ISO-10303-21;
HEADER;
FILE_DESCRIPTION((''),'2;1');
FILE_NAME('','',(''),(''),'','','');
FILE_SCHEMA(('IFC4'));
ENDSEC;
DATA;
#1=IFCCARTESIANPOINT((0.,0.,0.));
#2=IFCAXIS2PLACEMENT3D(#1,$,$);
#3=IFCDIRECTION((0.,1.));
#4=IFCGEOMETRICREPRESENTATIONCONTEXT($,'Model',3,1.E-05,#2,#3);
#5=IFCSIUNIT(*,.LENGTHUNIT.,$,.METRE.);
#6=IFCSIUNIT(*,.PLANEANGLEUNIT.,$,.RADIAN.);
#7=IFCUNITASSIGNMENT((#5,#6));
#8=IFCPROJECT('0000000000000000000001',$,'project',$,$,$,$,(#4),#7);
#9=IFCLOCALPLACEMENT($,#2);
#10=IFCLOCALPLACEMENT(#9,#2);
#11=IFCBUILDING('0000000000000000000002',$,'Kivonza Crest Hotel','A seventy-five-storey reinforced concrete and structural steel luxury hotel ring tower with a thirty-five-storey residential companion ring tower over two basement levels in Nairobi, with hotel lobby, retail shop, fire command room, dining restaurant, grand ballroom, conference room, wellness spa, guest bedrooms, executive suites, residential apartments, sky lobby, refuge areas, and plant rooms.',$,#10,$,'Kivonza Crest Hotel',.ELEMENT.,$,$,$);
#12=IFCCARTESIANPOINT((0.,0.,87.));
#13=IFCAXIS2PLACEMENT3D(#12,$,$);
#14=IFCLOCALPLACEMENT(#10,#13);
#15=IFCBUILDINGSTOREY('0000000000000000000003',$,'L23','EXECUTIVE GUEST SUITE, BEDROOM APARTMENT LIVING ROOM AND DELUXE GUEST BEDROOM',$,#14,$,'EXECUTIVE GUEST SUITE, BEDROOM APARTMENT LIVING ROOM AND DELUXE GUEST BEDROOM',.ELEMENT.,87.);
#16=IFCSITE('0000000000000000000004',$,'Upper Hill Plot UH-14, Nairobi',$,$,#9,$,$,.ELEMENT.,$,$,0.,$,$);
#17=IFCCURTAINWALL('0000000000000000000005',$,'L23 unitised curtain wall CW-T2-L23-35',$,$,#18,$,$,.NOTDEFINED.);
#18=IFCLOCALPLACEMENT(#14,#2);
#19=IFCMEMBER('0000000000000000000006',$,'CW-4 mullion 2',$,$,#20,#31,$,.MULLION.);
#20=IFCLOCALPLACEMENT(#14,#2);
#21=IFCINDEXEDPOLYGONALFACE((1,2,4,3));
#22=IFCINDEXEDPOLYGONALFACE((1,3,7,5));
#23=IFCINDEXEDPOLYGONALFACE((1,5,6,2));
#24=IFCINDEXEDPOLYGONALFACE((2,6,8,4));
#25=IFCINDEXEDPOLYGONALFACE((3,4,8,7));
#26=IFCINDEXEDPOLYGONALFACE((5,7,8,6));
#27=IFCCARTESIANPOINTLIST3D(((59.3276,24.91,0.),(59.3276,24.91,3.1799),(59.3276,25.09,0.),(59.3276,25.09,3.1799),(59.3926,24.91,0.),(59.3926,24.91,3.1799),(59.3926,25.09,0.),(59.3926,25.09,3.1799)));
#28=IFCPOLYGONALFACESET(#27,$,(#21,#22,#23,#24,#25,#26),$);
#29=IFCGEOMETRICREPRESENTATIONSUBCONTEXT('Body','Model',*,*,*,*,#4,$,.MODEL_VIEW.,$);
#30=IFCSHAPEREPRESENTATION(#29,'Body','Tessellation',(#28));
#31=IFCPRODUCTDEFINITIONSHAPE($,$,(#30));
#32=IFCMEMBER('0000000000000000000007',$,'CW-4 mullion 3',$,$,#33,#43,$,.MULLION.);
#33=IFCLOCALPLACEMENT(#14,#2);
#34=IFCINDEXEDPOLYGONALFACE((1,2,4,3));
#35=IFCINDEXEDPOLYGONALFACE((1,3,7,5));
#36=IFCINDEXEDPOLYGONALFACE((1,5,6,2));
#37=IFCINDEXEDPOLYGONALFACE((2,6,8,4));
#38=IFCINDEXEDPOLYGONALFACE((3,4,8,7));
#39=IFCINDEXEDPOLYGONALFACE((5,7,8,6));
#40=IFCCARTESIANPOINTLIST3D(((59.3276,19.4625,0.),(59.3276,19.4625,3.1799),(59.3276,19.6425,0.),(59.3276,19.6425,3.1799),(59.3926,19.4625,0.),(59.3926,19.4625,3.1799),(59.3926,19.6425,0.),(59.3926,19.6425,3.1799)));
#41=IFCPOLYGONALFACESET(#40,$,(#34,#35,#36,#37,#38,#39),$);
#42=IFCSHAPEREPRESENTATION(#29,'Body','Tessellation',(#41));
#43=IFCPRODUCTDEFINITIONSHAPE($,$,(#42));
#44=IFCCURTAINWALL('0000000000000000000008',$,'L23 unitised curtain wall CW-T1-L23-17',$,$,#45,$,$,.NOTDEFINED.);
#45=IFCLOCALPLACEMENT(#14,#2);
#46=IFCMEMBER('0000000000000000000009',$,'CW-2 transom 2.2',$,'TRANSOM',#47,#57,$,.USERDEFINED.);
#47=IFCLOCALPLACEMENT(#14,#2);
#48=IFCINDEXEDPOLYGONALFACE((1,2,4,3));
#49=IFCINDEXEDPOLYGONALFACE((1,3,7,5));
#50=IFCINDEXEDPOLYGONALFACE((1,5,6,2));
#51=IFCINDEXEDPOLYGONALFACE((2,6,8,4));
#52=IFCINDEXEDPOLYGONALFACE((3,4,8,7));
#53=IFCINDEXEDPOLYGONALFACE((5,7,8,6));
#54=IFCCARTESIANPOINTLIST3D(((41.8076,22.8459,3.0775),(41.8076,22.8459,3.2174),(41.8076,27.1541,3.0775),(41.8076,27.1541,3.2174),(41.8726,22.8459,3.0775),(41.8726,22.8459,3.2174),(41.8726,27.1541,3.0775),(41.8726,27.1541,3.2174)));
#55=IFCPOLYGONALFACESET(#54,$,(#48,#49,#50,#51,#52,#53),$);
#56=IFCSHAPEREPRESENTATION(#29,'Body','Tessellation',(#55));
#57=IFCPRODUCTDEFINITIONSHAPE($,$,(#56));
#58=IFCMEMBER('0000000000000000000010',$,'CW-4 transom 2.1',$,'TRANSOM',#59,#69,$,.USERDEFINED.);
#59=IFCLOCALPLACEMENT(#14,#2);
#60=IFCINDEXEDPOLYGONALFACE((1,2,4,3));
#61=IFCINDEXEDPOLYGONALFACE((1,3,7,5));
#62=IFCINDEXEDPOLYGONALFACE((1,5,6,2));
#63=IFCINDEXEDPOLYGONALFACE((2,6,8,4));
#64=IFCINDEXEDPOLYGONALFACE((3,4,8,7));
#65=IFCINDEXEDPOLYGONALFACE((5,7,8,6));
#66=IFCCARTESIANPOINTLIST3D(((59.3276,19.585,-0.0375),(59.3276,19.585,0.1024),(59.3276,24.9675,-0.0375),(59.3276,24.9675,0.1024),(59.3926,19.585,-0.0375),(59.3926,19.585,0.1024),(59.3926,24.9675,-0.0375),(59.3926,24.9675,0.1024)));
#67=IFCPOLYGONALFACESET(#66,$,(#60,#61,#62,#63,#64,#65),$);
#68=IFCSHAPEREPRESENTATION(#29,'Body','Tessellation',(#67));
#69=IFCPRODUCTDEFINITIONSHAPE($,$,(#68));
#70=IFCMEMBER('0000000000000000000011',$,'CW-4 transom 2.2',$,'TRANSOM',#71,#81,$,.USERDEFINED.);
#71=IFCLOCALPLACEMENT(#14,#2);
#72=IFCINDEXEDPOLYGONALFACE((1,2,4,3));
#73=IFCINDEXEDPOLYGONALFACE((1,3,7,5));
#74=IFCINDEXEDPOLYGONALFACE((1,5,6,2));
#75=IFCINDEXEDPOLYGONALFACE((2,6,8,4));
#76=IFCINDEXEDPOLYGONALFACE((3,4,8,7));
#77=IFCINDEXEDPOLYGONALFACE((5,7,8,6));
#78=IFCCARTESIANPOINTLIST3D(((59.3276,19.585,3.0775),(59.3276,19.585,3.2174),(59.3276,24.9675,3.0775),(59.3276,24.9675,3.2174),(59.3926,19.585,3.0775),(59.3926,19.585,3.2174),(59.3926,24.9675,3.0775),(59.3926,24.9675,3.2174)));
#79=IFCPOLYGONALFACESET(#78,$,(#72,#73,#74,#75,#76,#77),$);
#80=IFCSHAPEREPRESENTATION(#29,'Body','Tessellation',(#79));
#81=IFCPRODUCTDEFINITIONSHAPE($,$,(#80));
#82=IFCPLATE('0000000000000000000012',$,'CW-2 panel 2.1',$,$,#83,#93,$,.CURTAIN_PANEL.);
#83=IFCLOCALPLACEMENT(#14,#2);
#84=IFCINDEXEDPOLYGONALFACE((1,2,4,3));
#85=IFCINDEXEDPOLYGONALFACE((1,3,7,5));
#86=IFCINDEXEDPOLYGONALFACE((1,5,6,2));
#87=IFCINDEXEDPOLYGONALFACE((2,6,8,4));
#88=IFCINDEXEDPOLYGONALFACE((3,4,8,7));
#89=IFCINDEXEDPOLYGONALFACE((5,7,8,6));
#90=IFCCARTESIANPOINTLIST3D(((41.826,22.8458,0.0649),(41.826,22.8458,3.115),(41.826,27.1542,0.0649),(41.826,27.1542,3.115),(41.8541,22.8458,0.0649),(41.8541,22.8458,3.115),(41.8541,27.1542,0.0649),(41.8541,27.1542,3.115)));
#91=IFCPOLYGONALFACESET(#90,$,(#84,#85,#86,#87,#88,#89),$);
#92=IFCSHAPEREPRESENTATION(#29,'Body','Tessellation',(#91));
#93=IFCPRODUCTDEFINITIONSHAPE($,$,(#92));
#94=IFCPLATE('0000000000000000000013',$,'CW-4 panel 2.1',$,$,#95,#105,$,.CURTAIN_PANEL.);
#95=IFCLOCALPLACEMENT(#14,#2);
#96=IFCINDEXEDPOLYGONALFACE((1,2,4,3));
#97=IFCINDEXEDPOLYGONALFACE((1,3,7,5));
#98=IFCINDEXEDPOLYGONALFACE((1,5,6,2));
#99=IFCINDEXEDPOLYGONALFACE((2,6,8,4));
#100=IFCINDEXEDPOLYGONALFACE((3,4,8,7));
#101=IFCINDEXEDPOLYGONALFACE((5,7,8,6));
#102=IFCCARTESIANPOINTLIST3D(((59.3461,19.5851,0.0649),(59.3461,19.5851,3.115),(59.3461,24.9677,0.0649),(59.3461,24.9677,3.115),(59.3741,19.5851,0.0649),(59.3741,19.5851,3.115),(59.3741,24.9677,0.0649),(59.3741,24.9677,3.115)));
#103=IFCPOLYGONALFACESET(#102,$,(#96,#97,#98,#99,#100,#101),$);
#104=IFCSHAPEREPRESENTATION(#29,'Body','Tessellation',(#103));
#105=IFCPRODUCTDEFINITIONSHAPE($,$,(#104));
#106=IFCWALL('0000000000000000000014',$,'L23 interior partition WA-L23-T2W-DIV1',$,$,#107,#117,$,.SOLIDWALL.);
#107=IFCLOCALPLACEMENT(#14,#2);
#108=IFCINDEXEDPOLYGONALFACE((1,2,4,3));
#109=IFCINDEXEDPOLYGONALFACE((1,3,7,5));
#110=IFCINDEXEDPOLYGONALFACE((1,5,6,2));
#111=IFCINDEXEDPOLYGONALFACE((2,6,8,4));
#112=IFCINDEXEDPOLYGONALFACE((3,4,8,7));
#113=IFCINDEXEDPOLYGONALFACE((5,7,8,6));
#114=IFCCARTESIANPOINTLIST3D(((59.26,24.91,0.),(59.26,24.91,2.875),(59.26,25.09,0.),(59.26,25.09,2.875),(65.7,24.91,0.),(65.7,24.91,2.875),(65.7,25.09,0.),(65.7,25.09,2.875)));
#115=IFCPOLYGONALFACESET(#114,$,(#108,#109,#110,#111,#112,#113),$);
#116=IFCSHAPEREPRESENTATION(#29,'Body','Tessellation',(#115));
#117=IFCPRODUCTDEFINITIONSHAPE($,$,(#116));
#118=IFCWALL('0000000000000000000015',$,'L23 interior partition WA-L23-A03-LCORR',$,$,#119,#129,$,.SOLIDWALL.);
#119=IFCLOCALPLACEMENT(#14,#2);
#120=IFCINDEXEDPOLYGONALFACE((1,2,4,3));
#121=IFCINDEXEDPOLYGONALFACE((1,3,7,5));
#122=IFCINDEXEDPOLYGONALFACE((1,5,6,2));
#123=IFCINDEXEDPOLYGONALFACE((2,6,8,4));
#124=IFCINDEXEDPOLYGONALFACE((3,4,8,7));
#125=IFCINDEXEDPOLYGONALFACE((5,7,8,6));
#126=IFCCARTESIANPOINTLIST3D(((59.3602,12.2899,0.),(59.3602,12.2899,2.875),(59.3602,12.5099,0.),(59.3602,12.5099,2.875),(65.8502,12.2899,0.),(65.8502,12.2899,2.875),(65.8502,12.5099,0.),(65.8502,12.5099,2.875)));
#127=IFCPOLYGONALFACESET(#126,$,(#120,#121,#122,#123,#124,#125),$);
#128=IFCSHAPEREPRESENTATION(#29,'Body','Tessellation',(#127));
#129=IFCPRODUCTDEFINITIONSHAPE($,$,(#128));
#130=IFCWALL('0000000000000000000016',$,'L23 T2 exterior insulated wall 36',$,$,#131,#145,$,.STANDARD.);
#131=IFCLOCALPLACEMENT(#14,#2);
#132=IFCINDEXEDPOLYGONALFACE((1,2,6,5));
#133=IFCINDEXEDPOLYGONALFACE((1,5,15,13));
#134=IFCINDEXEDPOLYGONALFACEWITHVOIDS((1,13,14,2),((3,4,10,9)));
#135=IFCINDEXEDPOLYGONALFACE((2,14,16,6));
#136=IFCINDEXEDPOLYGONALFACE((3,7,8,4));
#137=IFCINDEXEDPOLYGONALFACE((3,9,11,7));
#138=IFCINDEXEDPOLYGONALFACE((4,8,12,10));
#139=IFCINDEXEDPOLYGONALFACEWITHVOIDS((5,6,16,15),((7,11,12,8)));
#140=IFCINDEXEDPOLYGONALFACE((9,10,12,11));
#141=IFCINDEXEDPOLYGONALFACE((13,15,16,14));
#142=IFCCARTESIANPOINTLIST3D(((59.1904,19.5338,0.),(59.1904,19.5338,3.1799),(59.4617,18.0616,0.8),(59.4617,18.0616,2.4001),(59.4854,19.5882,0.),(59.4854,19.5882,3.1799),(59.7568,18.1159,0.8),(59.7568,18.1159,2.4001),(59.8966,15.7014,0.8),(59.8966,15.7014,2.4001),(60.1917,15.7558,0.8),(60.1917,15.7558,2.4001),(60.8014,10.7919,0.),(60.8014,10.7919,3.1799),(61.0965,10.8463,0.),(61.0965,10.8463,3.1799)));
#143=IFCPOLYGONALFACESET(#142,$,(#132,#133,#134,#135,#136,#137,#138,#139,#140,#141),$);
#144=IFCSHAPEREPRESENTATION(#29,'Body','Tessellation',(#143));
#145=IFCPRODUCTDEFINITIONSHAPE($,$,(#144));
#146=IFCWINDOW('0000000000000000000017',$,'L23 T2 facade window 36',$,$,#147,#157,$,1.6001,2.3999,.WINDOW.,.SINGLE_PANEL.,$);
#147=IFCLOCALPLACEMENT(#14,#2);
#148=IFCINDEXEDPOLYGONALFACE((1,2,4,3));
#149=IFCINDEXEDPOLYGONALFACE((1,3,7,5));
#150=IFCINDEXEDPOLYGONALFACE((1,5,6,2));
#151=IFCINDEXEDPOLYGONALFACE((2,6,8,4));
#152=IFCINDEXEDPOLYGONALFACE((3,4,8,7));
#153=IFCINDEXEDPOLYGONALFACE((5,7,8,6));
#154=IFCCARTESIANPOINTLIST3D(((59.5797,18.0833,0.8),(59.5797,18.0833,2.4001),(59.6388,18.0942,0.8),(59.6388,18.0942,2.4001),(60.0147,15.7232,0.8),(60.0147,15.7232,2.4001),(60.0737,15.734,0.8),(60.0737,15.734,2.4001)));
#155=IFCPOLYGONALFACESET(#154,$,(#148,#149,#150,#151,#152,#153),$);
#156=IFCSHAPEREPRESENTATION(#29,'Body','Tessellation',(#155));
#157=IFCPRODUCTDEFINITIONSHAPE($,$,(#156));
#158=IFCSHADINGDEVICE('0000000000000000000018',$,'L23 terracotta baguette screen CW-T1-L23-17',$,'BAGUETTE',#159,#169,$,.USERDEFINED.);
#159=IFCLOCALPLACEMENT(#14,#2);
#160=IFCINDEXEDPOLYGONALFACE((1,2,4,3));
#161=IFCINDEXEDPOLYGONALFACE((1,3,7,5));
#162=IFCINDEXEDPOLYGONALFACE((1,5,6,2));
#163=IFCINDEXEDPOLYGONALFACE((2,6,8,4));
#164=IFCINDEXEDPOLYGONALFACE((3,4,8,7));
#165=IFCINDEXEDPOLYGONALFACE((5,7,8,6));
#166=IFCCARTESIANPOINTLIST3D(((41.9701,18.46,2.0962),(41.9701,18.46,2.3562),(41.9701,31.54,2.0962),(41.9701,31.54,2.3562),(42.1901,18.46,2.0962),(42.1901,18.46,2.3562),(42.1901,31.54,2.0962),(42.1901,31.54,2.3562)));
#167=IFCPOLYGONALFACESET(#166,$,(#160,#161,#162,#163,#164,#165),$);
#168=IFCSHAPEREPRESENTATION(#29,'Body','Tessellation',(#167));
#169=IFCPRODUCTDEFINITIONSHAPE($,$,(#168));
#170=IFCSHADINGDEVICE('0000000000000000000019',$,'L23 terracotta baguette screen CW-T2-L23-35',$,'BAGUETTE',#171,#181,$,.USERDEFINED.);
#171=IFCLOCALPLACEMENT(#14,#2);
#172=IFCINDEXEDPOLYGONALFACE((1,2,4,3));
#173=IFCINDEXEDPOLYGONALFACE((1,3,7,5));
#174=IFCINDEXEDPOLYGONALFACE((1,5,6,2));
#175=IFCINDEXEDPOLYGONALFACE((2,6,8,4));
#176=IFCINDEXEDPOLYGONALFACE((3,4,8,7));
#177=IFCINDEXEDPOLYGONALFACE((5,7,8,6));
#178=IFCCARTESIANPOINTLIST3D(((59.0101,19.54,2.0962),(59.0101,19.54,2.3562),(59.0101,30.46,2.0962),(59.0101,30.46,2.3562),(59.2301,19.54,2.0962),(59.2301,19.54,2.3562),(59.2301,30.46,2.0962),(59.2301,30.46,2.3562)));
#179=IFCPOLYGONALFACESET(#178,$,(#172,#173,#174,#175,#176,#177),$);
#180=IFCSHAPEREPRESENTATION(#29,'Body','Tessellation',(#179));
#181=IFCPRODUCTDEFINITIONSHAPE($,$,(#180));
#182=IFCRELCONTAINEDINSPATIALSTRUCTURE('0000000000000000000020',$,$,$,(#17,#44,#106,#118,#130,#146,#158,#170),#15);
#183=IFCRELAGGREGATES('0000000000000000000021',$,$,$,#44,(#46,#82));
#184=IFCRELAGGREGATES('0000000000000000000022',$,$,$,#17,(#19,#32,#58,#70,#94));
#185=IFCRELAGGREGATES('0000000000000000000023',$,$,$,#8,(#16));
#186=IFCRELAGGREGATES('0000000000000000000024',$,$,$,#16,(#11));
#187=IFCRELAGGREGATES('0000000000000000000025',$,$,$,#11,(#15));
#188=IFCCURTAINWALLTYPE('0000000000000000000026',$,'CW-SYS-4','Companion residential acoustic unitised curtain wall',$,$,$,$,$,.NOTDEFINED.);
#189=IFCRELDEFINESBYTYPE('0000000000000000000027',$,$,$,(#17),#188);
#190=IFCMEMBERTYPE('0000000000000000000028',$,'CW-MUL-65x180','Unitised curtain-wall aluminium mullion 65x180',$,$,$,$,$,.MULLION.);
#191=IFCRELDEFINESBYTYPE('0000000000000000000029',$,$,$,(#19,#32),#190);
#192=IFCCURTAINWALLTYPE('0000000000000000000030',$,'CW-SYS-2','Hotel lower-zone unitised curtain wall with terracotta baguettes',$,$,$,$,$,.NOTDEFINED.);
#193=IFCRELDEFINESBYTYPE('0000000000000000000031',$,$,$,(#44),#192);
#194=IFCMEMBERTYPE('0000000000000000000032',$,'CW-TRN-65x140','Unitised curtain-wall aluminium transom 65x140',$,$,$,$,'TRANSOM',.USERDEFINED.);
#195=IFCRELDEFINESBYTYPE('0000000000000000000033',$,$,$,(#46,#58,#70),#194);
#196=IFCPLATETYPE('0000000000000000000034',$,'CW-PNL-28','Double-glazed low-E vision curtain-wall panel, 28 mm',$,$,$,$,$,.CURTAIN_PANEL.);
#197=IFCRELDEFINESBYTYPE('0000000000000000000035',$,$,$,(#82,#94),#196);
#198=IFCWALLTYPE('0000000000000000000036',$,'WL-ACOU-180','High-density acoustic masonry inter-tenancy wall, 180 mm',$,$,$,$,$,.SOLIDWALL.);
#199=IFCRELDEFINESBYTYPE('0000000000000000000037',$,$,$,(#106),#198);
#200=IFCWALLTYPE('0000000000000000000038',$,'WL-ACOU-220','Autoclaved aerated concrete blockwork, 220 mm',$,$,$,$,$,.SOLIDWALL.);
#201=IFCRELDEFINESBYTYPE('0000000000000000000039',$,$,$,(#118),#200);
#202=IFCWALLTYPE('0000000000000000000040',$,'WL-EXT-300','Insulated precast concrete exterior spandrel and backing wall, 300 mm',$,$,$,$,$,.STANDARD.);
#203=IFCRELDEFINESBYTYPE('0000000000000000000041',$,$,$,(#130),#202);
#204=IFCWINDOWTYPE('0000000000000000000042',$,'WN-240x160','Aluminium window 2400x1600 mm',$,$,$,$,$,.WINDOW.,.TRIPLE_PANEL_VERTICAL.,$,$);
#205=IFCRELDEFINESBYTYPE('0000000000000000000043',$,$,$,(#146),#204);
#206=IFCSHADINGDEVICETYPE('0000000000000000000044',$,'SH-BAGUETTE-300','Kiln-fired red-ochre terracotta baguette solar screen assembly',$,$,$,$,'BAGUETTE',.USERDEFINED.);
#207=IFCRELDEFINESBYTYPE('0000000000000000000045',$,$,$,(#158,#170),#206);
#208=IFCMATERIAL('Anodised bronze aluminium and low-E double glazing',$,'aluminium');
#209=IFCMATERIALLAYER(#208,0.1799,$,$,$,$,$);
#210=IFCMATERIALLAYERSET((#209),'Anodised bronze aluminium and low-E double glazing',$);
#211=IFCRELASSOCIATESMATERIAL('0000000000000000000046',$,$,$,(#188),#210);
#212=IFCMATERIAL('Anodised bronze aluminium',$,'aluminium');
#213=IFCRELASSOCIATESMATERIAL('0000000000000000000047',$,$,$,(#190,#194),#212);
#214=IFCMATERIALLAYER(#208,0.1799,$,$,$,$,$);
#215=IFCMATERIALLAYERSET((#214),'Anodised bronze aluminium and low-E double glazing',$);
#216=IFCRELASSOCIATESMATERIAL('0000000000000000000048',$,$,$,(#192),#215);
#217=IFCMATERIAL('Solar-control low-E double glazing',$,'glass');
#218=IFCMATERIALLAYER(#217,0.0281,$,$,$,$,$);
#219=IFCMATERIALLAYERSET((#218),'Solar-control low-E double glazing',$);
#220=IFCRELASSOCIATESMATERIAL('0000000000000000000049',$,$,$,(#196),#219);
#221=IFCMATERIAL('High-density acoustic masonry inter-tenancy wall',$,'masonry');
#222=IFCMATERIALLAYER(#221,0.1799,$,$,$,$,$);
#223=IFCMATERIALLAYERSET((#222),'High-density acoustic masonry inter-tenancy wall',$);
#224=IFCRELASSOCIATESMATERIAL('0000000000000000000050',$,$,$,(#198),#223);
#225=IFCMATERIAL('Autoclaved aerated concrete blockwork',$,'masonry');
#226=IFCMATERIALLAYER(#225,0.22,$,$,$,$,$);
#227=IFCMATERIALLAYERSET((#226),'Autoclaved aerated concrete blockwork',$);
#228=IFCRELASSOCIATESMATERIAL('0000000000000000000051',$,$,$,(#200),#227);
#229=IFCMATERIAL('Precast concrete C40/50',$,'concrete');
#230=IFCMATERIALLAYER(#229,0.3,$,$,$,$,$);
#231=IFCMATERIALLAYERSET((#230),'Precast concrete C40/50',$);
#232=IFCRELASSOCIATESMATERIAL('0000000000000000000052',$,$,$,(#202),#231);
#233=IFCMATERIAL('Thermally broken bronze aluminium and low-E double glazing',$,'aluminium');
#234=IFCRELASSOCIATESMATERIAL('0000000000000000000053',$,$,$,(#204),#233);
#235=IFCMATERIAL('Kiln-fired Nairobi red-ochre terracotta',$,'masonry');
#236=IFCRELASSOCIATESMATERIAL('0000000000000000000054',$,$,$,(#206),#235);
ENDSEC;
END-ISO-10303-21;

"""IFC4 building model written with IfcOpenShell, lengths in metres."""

from ifc_helpers import new_model, si_unit, direction, frame, frame_2d, origin, origin_2d, place, context, subcontext, project, spatial, rectangle, extrude, material, layer, layer_set, material_profile, profile_set, type_object, element, fill, aggregate, save


model = new_model("IFC4")

# Units and contexts
model_context = context("Model", 3, precision=1e-05, world=origin(), true_north=direction((0.0, 1.0)))
body_context = subcontext(model_context, "Body", "Model", "MODEL_VIEW")
ifc_project = project(units=[si_unit("LENGTHUNIT", "METRE"), si_unit("PLANEANGLEUNIT", "RADIAN")], contexts=[model_context])

# Site, building, storey
site_placement = place(None, origin())
site = spatial("IfcSite", under=ifc_project, at=site_placement, Name="Upper Hill Plot UH-14, Nairobi", CompositionType="ELEMENT", RefElevation=0.0)
building_placement = place(site_placement, origin())
building = spatial("IfcBuilding", under=site, at=building_placement, Name="Kivonza Crest Hotel", Description="A seventy-five-storey reinforced concrete and structural steel luxury hotel ring tower with a thirty-five-storey residential companion ring tower over two basement levels in Nairobi, with hotel lobby, retail shop, fire command room, dining restaurant, grand ballroom, conference room, wellness spa, guest bedrooms, executive suites, residential apartments, sky lobby, refuge areas, and plant rooms.", LongName="Kivonza Crest Hotel", CompositionType="ELEMENT")
storey_placement = place(building_placement, frame((0.0, 0.0, 87.0)))
storey = spatial("IfcBuildingStorey", under=building, at=storey_placement, Name="L23", Description="EXECUTIVE GUEST SUITE, BEDROOM APARTMENT LIVING ROOM AND DELUXE GUEST BEDROOM", LongName="EXECUTIVE GUEST SUITE, BEDROOM APARTMENT LIVING ROOM AND DELUXE GUEST BEDROOM", CompositionType="ELEMENT", Elevation=87.0)

# Curtain wall, members
ifc_material_1 = material(Name="Anodised bronze aluminium and low-E double glazing", Category="aluminium")
ifc_layer_1 = layer(ifc_material_1, 0.1799)
ifc_layer_set_1 = layer_set([ifc_layer_1], Name="Anodised bronze aluminium and low-E double glazing")
curtain_wall_type_1 = type_object("IfcCurtainWallType", Name="CW-SYS-4", Description="Companion residential acoustic unitised curtain wall", PredefinedType="NOTDEFINED", material=ifc_layer_set_1)
curtain_wall_1_placement = place(storey_placement, origin())
curtain_wall_1 = element("IfcCurtainWall", 1, at=curtain_wall_1_placement, inside=storey, type_object=curtain_wall_type_1, Name="L23 unitised curtain wall CW-T2-L23-35", PredefinedType="NOTDEFINED")
ifc_material_2 = material(Name="Anodised bronze aluminium", Category="aluminium")
ifc_material_profile_1 = material_profile(ifc_material_2, rectangle(XDim=0.0649, YDim=0.1799, at=origin_2d()), Name="CW-M 65x180")
ifc_profile_set_1 = profile_set([ifc_material_profile_1], Name="Anodised bronze aluminium")
member_type_1 = type_object("IfcMemberType", Name="CW-MUL-65x180", Description="Unitised curtain-wall aluminium mullion 65x180", PredefinedType="MULLION", material=ifc_profile_set_1)
member_1_placement = place(storey_placement, frame((59.3601, 25.0, 0.0), z_axis=(0.0, 0.0, 1.0), x_axis=(1.0, 0.0, 0.0)))
member_1 = element("IfcMember", 2, at=member_1_placement, type_object=member_type_1, Name="CW-4 mullion 2", PredefinedType="MULLION", context=body_context, shape_type="SweptSolid", body=[
    extrude(rectangle(XDim=0.0649, YDim=0.1799, at=origin_2d()), origin(), (0.0, 0.0, 1.0), 3.1799),
])
member_2_placement = place(storey_placement, frame((59.3601, 19.5525, 0.0), z_axis=(0.0, 0.0, 1.0), x_axis=(1.0, 0.0, 0.0)))
member_2 = element("IfcMember", 3, at=member_2_placement, type_object=member_type_1, Name="CW-4 mullion 3", PredefinedType="MULLION", context=body_context, shape_type="SweptSolid", body=[
    extrude(rectangle(XDim=0.0649, YDim=0.1799, at=origin_2d()), origin(), (0.0, 0.0, 1.0), 3.1799),
])

# Curtain wall, member
ifc_layer_2 = layer(ifc_material_1, 0.1799)
ifc_layer_set_2 = layer_set([ifc_layer_2], Name="Anodised bronze aluminium and low-E double glazing")
curtain_wall_type_2 = type_object("IfcCurtainWallType", Name="CW-SYS-2", Description="Hotel lower-zone unitised curtain wall with terracotta baguettes", PredefinedType="NOTDEFINED", material=ifc_layer_set_2)
curtain_wall_2_placement = place(storey_placement, origin())
curtain_wall_2 = element("IfcCurtainWall", 4, at=curtain_wall_2_placement, inside=storey, type_object=curtain_wall_type_2, Name="L23 unitised curtain wall CW-T1-L23-17", PredefinedType="NOTDEFINED")
ifc_material_profile_2 = material_profile(ifc_material_2, rectangle(XDim=0.0649, YDim=0.1399, at=origin_2d()), Name="CW-T 65x140")
ifc_profile_set_2 = profile_set([ifc_material_profile_2], Name="Anodised bronze aluminium")
member_type_2 = type_object("IfcMemberType", Name="CW-TRN-65x140", Description="Unitised curtain-wall aluminium transom 65x140", ElementType="TRANSOM", PredefinedType="USERDEFINED", material=ifc_profile_set_2)
member_3_placement = place(storey_placement, frame((41.8401, 22.8459, 3.1475), z_axis=(0.0, 1.0, 0.0), x_axis=(-1.0, 0.0, 0.0)))
member_3 = element("IfcMember", 5, at=member_3_placement, type_object=member_type_2, Name="CW-2 transom 2.2", ObjectType="TRANSOM", PredefinedType="USERDEFINED", context=body_context, shape_type="SweptSolid", body=[
    extrude(rectangle(XDim=0.0649, YDim=0.1399, at=origin_2d()), origin(), (0.0, 0.0, 1.0), 4.3081),
])

# Members
member_4_placement = place(storey_placement, frame((59.3601, 24.9675, 0.0325), z_axis=(0.0, -1.0, 0.0), x_axis=(1.0, 0.0, 0.0)))
member_4 = element("IfcMember", 6, at=member_4_placement, type_object=member_type_2, Name="CW-4 transom 2.1", ObjectType="TRANSOM", PredefinedType="USERDEFINED", context=body_context, shape_type="SweptSolid", body=[
    extrude(rectangle(XDim=0.0649, YDim=0.1399, at=origin_2d()), origin(), (0.0, 0.0, 1.0), 5.3826),
])
member_5_placement = place(storey_placement, frame((59.3601, 24.9675, 3.1475), z_axis=(0.0, -1.0, 0.0), x_axis=(1.0, 0.0, 0.0)))
member_5 = element("IfcMember", 7, at=member_5_placement, type_object=member_type_2, Name="CW-4 transom 2.2", ObjectType="TRANSOM", PredefinedType="USERDEFINED", context=body_context, shape_type="SweptSolid", body=[
    extrude(rectangle(XDim=0.0649, YDim=0.1399, at=origin_2d()), origin(), (0.0, 0.0, 1.0), 5.3826),
])

# Plates
ifc_material_3 = material(Name="Solar-control low-E double glazing", Category="glass")
ifc_layer_3 = layer(ifc_material_3, 0.0281)
ifc_layer_set_3 = layer_set([ifc_layer_3], Name="Solar-control low-E double glazing")
plate_type = type_object("IfcPlateType", Name="CW-PNL-28", Description="Double-glazed low-E vision curtain-wall panel, 28 mm", PredefinedType="CURTAIN_PANEL", material=ifc_layer_set_3)
plate_1_placement = place(storey_placement, frame((41.8401, 25.0, 0.0649), z_axis=(0.0, 0.0, 1.0), x_axis=(0.0, 1.0, 0.0)))
plate_1 = element("IfcPlate", 8, at=plate_1_placement, type_object=plate_type, Name="CW-2 panel 2.1", PredefinedType="CURTAIN_PANEL", context=body_context, shape_type="SweptSolid", body=[
    extrude(rectangle(XDim=4.3083, YDim=0.0281, at=origin_2d()), origin(), (0.0, 0.0, 1.0), 3.05),
])
aggregate(curtain_wall_2, [member_3, plate_1])
plate_2_placement = place(storey_placement, frame((59.3601, 22.2764, 0.0649), z_axis=(0.0, 0.0, 1.0), x_axis=(0.0, -1.0, 0.0)))
plate_2 = element("IfcPlate", 9, at=plate_2_placement, type_object=plate_type, Name="CW-4 panel 2.1", PredefinedType="CURTAIN_PANEL", context=body_context, shape_type="SweptSolid", body=[
    extrude(rectangle(XDim=5.3826, YDim=0.0281, at=origin_2d()), origin(), (0.0, 0.0, 1.0), 3.05),
])
aggregate(curtain_wall_1, [member_1, member_2, member_4, member_5, plate_2])

# Walls
ifc_material_4 = material(Name="High-density acoustic masonry inter-tenancy wall", Category="masonry")
ifc_layer_4 = layer(ifc_material_4, 0.1799)
ifc_layer_set_4 = layer_set([ifc_layer_4], Name="High-density acoustic masonry inter-tenancy wall")
wall_type_1 = type_object("IfcWallType", Name="WL-ACOU-180", Description="High-density acoustic masonry inter-tenancy wall, 180 mm", PredefinedType="SOLIDWALL", material=ifc_layer_set_4)
wall_1_placement = place(storey_placement, frame((59.26, 25.0, 0.0), z_axis=(0.0, 0.0, 1.0), x_axis=(1.0, 0.0, 0.0)))
element("IfcWall", 10, at=wall_1_placement, inside=storey, type_object=wall_type_1, Name="L23 interior partition WA-L23-T2W-DIV1", PredefinedType="SOLIDWALL", context=body_context, shape_type="SweptSolid", body=[
    extrude(rectangle(XDim=6.4399, YDim=0.1799, at=frame_2d((3.22, 0.0))), origin(), (0.0, 0.0, 1.0), 2.875),
])
ifc_material_5 = material(Name="Autoclaved aerated concrete blockwork", Category="masonry")
ifc_layer_5 = layer(ifc_material_5, 0.22)
ifc_layer_set_5 = layer_set([ifc_layer_5], Name="Autoclaved aerated concrete blockwork")
wall_type_2 = type_object("IfcWallType", Name="WL-ACOU-220", Description="Autoclaved aerated concrete blockwork, 220 mm", PredefinedType="SOLIDWALL", material=ifc_layer_set_5)
wall_2_placement = place(storey_placement, frame((59.3601, 12.3999, 0.0), z_axis=(0.0, 0.0, 1.0), x_axis=(1.0, 0.0, 0.0)))
element("IfcWall", 11, at=wall_2_placement, inside=storey, type_object=wall_type_2, Name="L23 interior partition WA-L23-A03-LCORR", PredefinedType="SOLIDWALL", context=body_context, shape_type="SweptSolid", body=[
    extrude(rectangle(XDim=6.49, YDim=0.22, at=frame_2d((3.2451, 0.0))), origin(), (0.0, 0.0, 1.0), 2.875),
])

# Wall, opening, window
ifc_material_6 = material(Name="Precast concrete C40/50", Category="concrete")
ifc_layer_6 = layer(ifc_material_6, 0.3)
ifc_layer_set_6 = layer_set([ifc_layer_6], Name="Precast concrete C40/50")
wall_type_3 = type_object("IfcWallType", Name="WL-EXT-300", Description="Insulated precast concrete exterior spandrel and backing wall, 300 mm", PredefinedType="STANDARD", material=ifc_layer_set_6)
wall_3_placement = place(storey_placement, frame((59.3379, 19.561, 0.0), z_axis=(0.0, 0.0, 1.0), x_axis=(0.181241, -0.983439, 0.0)))
wall_3 = element("IfcWall", 12, at=wall_3_placement, inside=storey, type_object=wall_type_3, Name="L23 T2 exterior insulated wall 36", PredefinedType="STANDARD", context=body_context, shape_type="SweptSolid", body=[
    extrude(rectangle(XDim=8.8892, YDim=0.3, at=frame_2d((4.4446, 0.0))), origin(), (0.0, 0.0, 1.0), 3.1799),
])
opening_placement = place(wall_3_placement, frame((1.4971, 0.0, 0.8)))
opening = element("IfcOpeningElement", 13, at=opening_placement, cuts=wall_3, PredefinedType="OPENING", context=body_context, shape_type="SweptSolid", body=[
    extrude(rectangle(XDim=2.3999, YDim=1.6001, at=frame_2d((1.2, 0.8))), frame((0.0, 0.1602, 0.0), z_axis=(0.0, -1.0, 0.0), x_axis=(1.0, 0.0, 0.0)), (0.0, 0.0, 1.0), 0.3201),
])
ifc_material_7 = material(Name="Thermally broken bronze aluminium and low-E double glazing", Category="aluminium")
window_type = type_object("IfcWindowType", Name="WN-240x160", Description="Aluminium window 2400x1600 mm", PartitioningType="TRIPLE_PANEL_VERTICAL", PredefinedType="WINDOW", material=ifc_material_7)
window_placement = place(opening_placement, origin())
window = element("IfcWindow", 14, at=window_placement, inside=storey, type_object=window_type, Name="L23 T2 facade window 36", OverallHeight=1.6001, OverallWidth=2.3999, PartitioningType="SINGLE_PANEL", PredefinedType="WINDOW", context=body_context, shape_type="SweptSolid", body=[
    extrude(rectangle(XDim=2.3999, YDim=1.6001, at=frame_2d((1.2, 0.8))), frame((0.0, 0.03, 0.0), z_axis=(0.0, -1.0, 0.0), x_axis=(1.0, 0.0, 0.0)), (0.0, 0.0, 1.0), 0.0601),
])
fill(opening, window)

# Shading devices
ifc_material_8 = material(Name="Kiln-fired Nairobi red-ochre terracotta", Category="masonry")
shading_device_type_1 = type_object("IfcShadingDeviceType", Name="SH-BAGUETTE-300", Description="Kiln-fired red-ochre terracotta baguette solar screen assembly", ElementType="BAGUETTE", PredefinedType="USERDEFINED", material=ifc_material_8)
shading_device_1_placement = place(storey_placement, frame((42.0801, 25.0, 2.0962), z_axis=(0.0, 0.0, 1.0), x_axis=(0.0, 1.0, 0.0)))
element("IfcShadingDevice", 15, at=shading_device_1_placement, inside=storey, type_object=shading_device_type_1, Name="L23 terracotta baguette screen CW-T1-L23-17", ObjectType="BAGUETTE", PredefinedType="USERDEFINED", context=body_context, shape_type="SweptSolid", body=[
    extrude(rectangle(XDim=13.0801, YDim=0.22, at=origin_2d()), origin(), (0.0, 0.0, 1.0), 0.26),
])
shading_device_2_placement = place(storey_placement, frame((59.1201, 25.0, 2.0962), z_axis=(0.0, 0.0, 1.0), x_axis=(0.0, -1.0, 0.0)))
element("IfcShadingDevice", 16, at=shading_device_2_placement, inside=storey, type_object=shading_device_type_1, Name="L23 terracotta baguette screen CW-T2-L23-35", ObjectType="BAGUETTE", PredefinedType="USERDEFINED", context=body_context, shape_type="SweptSolid", body=[
    extrude(rectangle(XDim=10.9199, YDim=0.22, at=origin_2d()), origin(), (0.0, 0.0, 1.0), 0.26),
])

save(model, "model.ifc")
